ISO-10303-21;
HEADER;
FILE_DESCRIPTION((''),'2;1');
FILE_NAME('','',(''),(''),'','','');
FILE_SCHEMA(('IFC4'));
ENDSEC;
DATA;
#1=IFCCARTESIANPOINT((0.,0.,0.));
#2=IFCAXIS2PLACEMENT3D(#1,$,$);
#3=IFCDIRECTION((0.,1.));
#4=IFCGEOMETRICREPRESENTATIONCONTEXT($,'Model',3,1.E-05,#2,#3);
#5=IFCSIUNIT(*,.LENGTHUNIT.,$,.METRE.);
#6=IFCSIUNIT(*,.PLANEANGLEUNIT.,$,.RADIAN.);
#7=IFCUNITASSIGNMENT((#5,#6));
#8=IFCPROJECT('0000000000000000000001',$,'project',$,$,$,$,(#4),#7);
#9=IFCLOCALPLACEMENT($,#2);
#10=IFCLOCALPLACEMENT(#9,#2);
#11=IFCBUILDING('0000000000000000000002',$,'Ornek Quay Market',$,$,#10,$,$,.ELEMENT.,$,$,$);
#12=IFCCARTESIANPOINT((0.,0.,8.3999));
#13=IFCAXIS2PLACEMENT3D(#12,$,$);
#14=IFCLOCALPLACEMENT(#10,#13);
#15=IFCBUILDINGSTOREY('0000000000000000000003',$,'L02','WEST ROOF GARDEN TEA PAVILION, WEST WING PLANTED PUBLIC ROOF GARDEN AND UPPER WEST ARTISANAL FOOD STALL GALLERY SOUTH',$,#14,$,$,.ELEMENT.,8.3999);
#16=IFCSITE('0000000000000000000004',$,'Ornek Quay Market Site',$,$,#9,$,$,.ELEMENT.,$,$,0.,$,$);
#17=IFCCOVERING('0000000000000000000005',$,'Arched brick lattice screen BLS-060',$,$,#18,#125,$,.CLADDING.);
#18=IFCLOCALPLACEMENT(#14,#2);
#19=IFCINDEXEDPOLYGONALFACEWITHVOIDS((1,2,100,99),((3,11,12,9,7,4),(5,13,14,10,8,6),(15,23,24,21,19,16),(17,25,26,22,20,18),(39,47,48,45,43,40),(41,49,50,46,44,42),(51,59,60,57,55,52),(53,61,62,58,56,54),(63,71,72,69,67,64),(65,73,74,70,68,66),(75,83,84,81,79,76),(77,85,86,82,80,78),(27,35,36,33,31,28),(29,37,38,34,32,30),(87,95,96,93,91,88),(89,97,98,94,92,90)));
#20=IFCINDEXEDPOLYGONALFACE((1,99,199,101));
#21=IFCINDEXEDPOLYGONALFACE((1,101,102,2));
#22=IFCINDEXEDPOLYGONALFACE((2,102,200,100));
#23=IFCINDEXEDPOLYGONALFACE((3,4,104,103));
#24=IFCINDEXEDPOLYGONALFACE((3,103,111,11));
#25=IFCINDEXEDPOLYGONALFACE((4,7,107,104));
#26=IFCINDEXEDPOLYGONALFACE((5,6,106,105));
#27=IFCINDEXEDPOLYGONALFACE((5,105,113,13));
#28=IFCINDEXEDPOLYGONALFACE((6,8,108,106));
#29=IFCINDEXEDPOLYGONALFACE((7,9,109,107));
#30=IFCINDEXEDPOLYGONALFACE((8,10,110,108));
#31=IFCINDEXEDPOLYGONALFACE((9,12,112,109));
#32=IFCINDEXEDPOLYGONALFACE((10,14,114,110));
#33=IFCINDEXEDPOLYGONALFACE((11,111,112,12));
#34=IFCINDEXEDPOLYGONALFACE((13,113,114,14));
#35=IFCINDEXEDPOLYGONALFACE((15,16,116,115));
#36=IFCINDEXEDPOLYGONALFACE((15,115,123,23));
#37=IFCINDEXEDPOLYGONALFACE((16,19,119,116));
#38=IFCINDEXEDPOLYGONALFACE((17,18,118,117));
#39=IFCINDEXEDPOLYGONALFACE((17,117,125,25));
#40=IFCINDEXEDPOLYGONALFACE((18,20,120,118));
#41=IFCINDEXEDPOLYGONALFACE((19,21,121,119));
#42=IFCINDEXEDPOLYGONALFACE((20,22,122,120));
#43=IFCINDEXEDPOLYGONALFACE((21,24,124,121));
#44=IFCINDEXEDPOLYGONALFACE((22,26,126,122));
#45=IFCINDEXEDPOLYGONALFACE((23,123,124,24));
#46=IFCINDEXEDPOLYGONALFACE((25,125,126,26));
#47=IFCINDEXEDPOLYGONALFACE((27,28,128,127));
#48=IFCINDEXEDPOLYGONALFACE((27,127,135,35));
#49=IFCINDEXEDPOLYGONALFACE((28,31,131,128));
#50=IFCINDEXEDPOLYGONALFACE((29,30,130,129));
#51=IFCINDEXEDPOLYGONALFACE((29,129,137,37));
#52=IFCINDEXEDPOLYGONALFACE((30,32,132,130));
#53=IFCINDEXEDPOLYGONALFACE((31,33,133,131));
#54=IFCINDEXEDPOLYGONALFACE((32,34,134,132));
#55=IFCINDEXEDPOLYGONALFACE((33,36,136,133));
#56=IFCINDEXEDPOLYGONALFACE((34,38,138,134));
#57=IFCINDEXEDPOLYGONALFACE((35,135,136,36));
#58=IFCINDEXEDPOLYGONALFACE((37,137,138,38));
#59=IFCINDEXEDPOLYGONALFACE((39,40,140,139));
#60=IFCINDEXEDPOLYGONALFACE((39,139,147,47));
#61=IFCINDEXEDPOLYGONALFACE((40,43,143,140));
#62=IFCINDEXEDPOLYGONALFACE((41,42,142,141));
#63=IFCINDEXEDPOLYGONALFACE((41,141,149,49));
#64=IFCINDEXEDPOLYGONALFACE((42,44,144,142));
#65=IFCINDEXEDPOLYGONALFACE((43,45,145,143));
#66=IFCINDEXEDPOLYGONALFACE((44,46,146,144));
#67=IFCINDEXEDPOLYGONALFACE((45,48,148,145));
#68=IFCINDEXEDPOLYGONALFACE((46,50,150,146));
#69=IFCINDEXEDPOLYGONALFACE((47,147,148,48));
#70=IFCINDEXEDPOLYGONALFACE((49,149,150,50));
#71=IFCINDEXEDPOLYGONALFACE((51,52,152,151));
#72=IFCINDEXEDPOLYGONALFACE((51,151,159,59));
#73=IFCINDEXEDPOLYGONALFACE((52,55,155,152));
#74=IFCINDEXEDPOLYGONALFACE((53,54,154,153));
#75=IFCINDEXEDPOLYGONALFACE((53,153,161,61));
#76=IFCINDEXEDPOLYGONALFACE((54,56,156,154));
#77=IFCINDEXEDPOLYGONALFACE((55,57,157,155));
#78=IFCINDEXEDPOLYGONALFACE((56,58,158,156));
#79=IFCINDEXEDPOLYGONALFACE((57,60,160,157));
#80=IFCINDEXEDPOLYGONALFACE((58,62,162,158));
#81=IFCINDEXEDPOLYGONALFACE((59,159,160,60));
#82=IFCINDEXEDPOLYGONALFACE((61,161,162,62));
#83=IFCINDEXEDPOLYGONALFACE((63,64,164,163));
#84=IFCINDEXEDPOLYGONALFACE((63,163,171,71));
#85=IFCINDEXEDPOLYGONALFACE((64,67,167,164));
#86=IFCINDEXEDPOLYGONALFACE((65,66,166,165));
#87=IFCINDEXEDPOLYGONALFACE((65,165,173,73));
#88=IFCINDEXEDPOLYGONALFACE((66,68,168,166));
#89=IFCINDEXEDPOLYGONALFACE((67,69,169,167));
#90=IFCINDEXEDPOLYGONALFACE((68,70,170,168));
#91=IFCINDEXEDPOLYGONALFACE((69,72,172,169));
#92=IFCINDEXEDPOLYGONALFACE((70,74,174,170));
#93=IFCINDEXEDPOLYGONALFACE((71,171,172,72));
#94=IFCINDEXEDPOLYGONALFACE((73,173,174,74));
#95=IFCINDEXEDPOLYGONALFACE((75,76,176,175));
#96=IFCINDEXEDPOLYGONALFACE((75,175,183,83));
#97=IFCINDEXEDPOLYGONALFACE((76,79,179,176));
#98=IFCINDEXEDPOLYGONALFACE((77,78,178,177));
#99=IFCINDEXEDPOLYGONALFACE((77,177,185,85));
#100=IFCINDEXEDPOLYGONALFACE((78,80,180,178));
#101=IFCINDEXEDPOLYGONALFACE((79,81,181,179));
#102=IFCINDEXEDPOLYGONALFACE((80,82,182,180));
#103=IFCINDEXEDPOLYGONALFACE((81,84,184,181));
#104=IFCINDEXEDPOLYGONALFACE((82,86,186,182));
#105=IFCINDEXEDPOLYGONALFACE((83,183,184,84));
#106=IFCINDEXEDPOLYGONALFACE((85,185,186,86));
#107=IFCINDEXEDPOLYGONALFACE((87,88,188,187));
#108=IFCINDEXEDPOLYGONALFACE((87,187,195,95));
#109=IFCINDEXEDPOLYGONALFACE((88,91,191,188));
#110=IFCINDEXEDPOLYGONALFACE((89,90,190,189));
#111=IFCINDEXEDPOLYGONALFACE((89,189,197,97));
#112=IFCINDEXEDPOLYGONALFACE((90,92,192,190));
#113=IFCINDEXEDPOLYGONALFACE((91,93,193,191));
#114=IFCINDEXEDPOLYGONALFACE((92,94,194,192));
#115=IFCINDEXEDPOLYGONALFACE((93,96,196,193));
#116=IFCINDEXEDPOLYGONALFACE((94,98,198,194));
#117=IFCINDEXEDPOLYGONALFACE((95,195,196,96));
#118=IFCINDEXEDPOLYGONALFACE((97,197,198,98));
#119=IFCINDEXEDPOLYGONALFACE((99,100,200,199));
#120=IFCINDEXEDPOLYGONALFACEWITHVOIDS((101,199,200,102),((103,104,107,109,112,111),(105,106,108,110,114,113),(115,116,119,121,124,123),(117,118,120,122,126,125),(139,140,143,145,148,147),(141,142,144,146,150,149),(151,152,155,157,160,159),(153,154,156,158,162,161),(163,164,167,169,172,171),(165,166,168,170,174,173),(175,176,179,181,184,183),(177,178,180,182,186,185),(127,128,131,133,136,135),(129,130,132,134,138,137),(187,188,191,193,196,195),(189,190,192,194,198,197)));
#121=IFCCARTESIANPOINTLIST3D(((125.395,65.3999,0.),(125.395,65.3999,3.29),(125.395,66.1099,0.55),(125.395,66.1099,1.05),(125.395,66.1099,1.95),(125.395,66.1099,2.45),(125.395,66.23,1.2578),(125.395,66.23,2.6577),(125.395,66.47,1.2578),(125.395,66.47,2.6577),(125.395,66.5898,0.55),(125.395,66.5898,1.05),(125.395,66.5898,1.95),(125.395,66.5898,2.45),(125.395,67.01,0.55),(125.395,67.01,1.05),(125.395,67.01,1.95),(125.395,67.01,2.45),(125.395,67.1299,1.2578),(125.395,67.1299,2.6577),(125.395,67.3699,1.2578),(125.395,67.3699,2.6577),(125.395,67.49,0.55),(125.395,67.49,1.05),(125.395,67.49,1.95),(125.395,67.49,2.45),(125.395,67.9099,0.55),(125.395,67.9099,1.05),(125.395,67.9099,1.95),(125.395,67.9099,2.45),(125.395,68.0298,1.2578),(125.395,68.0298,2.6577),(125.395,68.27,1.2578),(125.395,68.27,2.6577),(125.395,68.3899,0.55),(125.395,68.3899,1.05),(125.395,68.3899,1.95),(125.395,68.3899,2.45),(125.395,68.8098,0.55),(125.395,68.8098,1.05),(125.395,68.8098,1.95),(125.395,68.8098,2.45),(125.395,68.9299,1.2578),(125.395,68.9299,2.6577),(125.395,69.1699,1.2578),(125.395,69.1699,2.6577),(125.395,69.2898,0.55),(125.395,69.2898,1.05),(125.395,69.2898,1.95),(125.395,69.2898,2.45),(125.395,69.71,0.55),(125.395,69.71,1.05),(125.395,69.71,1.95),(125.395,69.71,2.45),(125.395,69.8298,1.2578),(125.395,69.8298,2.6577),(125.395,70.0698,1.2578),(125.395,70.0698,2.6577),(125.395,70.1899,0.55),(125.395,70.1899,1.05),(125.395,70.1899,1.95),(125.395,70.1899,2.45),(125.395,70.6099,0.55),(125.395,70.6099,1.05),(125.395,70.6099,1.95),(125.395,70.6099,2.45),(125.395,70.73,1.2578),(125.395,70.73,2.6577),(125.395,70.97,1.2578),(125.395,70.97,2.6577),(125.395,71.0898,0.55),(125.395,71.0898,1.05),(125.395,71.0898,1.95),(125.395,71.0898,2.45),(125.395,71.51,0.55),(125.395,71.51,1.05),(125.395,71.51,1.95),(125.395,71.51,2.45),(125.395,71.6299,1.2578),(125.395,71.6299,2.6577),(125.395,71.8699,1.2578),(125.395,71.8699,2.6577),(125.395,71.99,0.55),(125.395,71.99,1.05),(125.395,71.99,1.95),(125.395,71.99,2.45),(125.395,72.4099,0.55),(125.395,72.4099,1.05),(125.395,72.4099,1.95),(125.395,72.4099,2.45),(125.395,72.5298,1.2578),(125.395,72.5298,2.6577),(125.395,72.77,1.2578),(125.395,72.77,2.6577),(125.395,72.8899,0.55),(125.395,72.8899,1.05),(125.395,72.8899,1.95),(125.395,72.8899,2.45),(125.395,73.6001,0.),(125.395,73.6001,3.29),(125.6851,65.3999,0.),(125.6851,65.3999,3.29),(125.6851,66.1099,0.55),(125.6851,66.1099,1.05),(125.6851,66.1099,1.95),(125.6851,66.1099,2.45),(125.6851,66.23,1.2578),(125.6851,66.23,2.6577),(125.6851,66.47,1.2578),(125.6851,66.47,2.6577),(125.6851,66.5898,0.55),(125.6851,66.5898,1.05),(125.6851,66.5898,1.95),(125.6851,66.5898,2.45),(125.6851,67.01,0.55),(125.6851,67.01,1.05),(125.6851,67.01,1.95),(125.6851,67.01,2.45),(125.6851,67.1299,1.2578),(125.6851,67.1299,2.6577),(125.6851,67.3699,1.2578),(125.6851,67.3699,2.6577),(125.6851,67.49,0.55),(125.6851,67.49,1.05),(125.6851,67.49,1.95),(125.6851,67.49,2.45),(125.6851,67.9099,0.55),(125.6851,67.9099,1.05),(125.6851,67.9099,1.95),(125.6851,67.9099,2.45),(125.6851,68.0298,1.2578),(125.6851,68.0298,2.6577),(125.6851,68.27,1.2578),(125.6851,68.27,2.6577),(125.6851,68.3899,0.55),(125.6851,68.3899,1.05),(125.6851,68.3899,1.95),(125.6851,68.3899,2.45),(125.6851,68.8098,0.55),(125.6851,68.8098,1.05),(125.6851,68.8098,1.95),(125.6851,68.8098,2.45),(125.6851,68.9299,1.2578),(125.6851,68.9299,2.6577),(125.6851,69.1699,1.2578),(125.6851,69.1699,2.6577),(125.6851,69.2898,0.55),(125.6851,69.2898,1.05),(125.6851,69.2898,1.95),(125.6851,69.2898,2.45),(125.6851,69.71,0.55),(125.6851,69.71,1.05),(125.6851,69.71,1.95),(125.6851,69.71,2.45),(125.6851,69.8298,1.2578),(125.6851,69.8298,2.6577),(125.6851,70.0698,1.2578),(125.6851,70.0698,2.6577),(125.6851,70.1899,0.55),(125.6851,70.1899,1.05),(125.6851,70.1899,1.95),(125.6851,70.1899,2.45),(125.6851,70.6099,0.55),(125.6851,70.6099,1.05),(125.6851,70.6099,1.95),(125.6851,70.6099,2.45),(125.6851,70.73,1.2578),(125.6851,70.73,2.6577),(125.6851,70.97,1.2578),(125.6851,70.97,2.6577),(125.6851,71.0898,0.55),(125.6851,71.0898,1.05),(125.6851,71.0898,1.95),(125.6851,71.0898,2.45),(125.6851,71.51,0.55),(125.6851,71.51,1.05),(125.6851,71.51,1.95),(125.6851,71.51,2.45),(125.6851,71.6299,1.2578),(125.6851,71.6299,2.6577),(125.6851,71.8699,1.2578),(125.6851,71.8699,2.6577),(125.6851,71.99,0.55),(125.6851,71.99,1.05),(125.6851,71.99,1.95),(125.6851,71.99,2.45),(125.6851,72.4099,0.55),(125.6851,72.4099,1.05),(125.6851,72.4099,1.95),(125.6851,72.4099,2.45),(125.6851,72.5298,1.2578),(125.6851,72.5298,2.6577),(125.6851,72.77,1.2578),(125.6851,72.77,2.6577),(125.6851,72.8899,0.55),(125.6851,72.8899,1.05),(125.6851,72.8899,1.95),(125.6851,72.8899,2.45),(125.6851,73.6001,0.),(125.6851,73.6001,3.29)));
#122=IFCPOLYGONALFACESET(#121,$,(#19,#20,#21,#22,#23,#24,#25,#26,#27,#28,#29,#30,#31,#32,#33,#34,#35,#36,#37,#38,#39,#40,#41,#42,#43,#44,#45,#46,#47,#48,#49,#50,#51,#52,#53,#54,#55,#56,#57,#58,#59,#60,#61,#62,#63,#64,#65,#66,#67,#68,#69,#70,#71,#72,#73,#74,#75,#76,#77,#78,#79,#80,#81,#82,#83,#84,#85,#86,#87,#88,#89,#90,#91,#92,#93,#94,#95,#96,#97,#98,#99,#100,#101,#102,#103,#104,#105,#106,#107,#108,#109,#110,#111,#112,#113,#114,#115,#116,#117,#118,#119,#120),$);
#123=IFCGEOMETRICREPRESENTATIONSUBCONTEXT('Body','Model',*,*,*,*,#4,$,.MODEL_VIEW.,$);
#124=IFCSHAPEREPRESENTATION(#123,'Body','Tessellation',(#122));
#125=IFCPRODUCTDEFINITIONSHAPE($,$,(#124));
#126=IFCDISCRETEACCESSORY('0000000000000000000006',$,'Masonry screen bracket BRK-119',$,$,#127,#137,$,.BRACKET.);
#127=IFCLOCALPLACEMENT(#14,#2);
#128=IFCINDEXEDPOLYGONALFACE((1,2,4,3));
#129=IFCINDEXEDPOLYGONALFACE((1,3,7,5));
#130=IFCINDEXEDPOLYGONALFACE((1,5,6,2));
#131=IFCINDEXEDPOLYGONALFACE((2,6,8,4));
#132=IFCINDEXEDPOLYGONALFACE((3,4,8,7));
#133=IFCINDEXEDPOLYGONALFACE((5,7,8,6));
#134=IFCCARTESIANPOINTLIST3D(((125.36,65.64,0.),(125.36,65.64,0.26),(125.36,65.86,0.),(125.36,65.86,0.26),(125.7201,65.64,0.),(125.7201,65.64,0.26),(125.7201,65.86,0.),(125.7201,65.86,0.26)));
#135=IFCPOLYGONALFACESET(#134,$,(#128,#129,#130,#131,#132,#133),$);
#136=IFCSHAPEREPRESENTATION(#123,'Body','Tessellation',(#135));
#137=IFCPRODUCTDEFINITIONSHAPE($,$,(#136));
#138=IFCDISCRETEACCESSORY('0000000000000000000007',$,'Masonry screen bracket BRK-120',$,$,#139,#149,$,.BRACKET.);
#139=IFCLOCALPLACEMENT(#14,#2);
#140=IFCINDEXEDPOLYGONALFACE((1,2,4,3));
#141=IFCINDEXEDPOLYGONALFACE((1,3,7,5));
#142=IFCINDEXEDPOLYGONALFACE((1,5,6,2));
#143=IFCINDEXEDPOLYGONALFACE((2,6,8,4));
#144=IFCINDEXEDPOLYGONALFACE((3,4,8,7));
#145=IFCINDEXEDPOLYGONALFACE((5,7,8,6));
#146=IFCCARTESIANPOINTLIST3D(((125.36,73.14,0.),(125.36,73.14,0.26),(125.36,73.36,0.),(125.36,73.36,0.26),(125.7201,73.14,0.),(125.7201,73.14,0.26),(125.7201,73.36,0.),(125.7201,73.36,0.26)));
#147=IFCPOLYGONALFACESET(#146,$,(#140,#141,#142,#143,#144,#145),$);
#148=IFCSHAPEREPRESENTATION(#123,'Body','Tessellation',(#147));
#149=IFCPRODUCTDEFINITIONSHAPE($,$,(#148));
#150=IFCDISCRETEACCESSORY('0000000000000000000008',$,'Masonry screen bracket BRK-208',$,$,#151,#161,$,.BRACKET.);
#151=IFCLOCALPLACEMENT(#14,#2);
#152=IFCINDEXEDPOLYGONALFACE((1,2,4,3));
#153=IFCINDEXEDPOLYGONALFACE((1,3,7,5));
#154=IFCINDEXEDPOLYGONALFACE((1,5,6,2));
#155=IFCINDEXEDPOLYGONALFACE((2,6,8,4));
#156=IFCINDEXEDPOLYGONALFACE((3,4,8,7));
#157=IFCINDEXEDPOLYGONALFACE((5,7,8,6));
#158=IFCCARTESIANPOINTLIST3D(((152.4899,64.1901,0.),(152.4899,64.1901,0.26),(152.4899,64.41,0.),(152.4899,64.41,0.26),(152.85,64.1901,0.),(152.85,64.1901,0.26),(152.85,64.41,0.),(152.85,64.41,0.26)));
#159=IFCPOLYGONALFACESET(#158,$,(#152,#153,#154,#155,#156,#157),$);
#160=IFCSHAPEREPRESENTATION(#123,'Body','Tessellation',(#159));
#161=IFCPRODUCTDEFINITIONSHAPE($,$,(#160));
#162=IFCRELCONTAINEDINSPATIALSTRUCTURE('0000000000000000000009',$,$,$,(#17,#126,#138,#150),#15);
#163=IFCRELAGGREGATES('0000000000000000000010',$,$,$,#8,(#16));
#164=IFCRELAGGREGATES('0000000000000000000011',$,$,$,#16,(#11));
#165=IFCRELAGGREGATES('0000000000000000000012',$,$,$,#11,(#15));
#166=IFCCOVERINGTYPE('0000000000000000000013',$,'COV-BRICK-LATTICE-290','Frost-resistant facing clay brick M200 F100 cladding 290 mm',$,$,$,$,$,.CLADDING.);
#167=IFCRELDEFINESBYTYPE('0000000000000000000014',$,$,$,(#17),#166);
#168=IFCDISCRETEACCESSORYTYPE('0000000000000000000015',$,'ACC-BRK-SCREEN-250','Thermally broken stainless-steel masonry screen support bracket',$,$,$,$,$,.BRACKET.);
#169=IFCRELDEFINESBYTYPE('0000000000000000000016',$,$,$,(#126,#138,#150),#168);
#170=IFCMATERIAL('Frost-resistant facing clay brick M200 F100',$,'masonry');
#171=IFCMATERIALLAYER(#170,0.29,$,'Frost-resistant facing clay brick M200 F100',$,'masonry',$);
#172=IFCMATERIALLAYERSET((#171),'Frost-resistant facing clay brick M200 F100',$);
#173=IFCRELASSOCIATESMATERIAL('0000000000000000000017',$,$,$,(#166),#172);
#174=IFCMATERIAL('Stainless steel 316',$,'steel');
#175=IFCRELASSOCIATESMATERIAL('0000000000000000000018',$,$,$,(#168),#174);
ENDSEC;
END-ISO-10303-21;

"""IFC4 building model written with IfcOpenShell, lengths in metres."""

from ifc_helpers import new_model, si_unit, direction, frame, origin, origin_2d, place, context, subcontext, project, spatial, polyline, rectangle, outline, extrude, material, layer, layer_set, type_object, element, save


model = new_model("IFC4")

# Units and contexts
model_context = context("Model", 3, precision=1e-05, world=origin(), true_north=direction((0.0, 1.0)))
body_context = subcontext(model_context, "Body", "Model", "MODEL_VIEW")
ifc_project = project(units=[si_unit("LENGTHUNIT", "METRE"), si_unit("PLANEANGLEUNIT", "RADIAN")], contexts=[model_context])

# Site, building, storey
site_placement = place(None, origin())
site = spatial("IfcSite", under=ifc_project, at=site_placement, Name="Ornek Quay Market Site", CompositionType="ELEMENT", RefElevation=0.0)
building_placement = place(site_placement, origin())
building = spatial("IfcBuilding", under=site, at=building_placement, Name="Ornek Quay Market", CompositionType="ELEMENT")
storey_placement = place(building_placement, frame((0.0, 0.0, 8.3999)))
storey = spatial("IfcBuildingStorey", under=building, at=storey_placement, Name="L02", Description="WEST ROOF GARDEN TEA PAVILION, WEST WING PLANTED PUBLIC ROOF GARDEN AND UPPER WEST ARTISANAL FOOD STALL GALLERY SOUTH", CompositionType="ELEMENT", Elevation=8.3999)

# Covering
ifc_material_1 = material(Name="Frost-resistant facing clay brick M200 F100", Category="masonry")
ifc_layer_1 = layer(ifc_material_1, 0.29, Name="Frost-resistant facing clay brick M200 F100", Category="masonry")
ifc_layer_set_1 = layer_set([ifc_layer_1], Name="Frost-resistant facing clay brick M200 F100")
covering_type = type_object("IfcCoveringType", Name="COV-BRICK-LATTICE-290", Description="Frost-resistant facing clay brick M200 F100 cladding 290 mm", PredefinedType="CLADDING", material=ifc_layer_set_1)
covering_placement = place(storey_placement, frame((125.54, 65.3999, 0.0), z_axis=(0.0, 0.0, 1.0), x_axis=(0.0, 1.0, 0.0)))
element("IfcCovering", 1, at=covering_placement, inside=storey, type_object=covering_type, Name="Arched brick lattice screen BLS-060", PredefinedType="CLADDING", context=body_context, shape_type="SweptSolid", body=[
    extrude(outline(polyline([(0.0, 0.0), (8.2002, 0.0), (8.2002, 3.29), (0.0, 3.29), (0.0, 0.0)]), holes=[polyline([(0.71, 0.55), (1.1899, 0.55), (1.1899, 1.05), (1.0701, 1.2578), (0.8301, 1.2578), (0.71, 1.05), (0.71, 0.55)]), polyline([(0.71, 1.95), (1.1899, 1.95), (1.1899, 2.45), (1.0701, 2.6577), (0.8301, 2.6577), (0.71, 2.45), (0.71, 1.95)]), polyline([(1.6101, 0.55), (2.0901, 0.55), (2.0901, 1.05), (1.97, 1.2578), (1.73, 1.2578), (1.6101, 1.05), (1.6101, 0.55)]), polyline([(1.6101, 1.95), (2.0901, 1.95), (2.0901, 2.45), (1.97, 2.6577), (1.73, 2.6577), (1.6101, 2.45), (1.6101, 1.95)]), polyline([(2.51, 0.55), (2.99, 0.55), (2.99, 1.05), (2.8701, 1.2578), (2.6299, 1.2578), (2.51, 1.05), (2.51, 0.55)]), polyline([(2.51, 1.95), (2.99, 1.95), (2.99, 2.45), (2.8701, 2.6577), (2.6299, 2.6577), (2.51, 2.45), (2.51, 1.95)]), polyline([(3.4099, 0.55), (3.8899, 0.55), (3.8899, 1.05), (3.77, 1.2578), (3.53, 1.2578), (3.4099, 1.05), (3.4099, 0.55)]), polyline([(3.4099, 1.95), (3.8899, 1.95), (3.8899, 2.45), (3.77, 2.6577), (3.53, 2.6577), (3.4099, 2.45), (3.4099, 1.95)]), polyline([(4.3101, 0.55), (4.79, 0.55), (4.79, 1.05), (4.6699, 1.2578), (4.4299, 1.2578), (4.3101, 1.05), (4.3101, 0.55)]), polyline([(4.3101, 1.95), (4.79, 1.95), (4.79, 2.45), (4.6699, 2.6577), (4.4299, 2.6577), (4.3101, 2.45), (4.3101, 1.95)]), polyline([(5.21, 0.55), (5.6899, 0.55), (5.6899, 1.05), (5.5701, 1.2578), (5.3301, 1.2578), (5.21, 1.05), (5.21, 0.55)]), polyline([(5.21, 1.95), (5.6899, 1.95), (5.6899, 2.45), (5.5701, 2.6577), (5.3301, 2.6577), (5.21, 2.45), (5.21, 1.95)]), polyline([(6.1101, 0.55), (6.5901, 0.55), (6.5901, 1.05), (6.47, 1.2578), (6.23, 1.2578), (6.1101, 1.05), (6.1101, 0.55)]), polyline([(6.1101, 1.95), (6.5901, 1.95), (6.5901, 2.45), (6.47, 2.6577), (6.23, 2.6577), (6.1101, 2.45), (6.1101, 1.95)]), polyline([(7.01, 0.55), (7.49, 0.55), (7.49, 1.05), (7.3701, 1.2578), (7.1299, 1.2578), (7.01, 1.05), (7.01, 0.55)]), polyline([(7.01, 1.95), (7.49, 1.95), (7.49, 2.45), (7.3701, 2.6577), (7.1299, 2.6577), (7.01, 2.45), (7.01, 1.95)])]), frame((0.0, 0.145, 0.0), z_axis=(0.0, -1.0, 0.0), x_axis=(1.0, 0.0, 0.0)), (0.0, 0.0, 1.0), 0.29),
])

# Discrete accessories
ifc_material_2 = material(Name="Stainless steel 316", Category="steel")
discrete_accessory_type = type_object("IfcDiscreteAccessoryType", Name="ACC-BRK-SCREEN-250", Description="Thermally broken stainless-steel masonry screen support bracket", PredefinedType="BRACKET", material=ifc_material_2)
for number, where, z_axis, x_axis, name in (
    (2, (125.54, 65.75, 0.0), (0.0, 0.0, 1.0), (0.0, 1.0, 0.0), "Masonry screen bracket BRK-119"),
    (3, (125.54, 73.25, 0.0), (0.0, 0.0, 1.0), (0.0, 1.0, 0.0), "Masonry screen bracket BRK-120"),
    (4, (152.6699, 64.3, 0.0), (0.0, 0.0, 1.0), (0.0, 1.0, 0.0), "Masonry screen bracket BRK-208"),
):
    element("IfcDiscreteAccessory", number, at=place(storey_placement, frame(where, z_axis=z_axis, x_axis=x_axis)), inside=storey, type_object=discrete_accessory_type, Name=name, PredefinedType="BRACKET", context=body_context, shape_type="SweptSolid", body=[
        extrude(rectangle(XDim=0.22, YDim=0.3601, at=origin_2d()), origin(), (0.0, 0.0, 1.0), 0.26),
    ])

save(model, "model.ifc")
